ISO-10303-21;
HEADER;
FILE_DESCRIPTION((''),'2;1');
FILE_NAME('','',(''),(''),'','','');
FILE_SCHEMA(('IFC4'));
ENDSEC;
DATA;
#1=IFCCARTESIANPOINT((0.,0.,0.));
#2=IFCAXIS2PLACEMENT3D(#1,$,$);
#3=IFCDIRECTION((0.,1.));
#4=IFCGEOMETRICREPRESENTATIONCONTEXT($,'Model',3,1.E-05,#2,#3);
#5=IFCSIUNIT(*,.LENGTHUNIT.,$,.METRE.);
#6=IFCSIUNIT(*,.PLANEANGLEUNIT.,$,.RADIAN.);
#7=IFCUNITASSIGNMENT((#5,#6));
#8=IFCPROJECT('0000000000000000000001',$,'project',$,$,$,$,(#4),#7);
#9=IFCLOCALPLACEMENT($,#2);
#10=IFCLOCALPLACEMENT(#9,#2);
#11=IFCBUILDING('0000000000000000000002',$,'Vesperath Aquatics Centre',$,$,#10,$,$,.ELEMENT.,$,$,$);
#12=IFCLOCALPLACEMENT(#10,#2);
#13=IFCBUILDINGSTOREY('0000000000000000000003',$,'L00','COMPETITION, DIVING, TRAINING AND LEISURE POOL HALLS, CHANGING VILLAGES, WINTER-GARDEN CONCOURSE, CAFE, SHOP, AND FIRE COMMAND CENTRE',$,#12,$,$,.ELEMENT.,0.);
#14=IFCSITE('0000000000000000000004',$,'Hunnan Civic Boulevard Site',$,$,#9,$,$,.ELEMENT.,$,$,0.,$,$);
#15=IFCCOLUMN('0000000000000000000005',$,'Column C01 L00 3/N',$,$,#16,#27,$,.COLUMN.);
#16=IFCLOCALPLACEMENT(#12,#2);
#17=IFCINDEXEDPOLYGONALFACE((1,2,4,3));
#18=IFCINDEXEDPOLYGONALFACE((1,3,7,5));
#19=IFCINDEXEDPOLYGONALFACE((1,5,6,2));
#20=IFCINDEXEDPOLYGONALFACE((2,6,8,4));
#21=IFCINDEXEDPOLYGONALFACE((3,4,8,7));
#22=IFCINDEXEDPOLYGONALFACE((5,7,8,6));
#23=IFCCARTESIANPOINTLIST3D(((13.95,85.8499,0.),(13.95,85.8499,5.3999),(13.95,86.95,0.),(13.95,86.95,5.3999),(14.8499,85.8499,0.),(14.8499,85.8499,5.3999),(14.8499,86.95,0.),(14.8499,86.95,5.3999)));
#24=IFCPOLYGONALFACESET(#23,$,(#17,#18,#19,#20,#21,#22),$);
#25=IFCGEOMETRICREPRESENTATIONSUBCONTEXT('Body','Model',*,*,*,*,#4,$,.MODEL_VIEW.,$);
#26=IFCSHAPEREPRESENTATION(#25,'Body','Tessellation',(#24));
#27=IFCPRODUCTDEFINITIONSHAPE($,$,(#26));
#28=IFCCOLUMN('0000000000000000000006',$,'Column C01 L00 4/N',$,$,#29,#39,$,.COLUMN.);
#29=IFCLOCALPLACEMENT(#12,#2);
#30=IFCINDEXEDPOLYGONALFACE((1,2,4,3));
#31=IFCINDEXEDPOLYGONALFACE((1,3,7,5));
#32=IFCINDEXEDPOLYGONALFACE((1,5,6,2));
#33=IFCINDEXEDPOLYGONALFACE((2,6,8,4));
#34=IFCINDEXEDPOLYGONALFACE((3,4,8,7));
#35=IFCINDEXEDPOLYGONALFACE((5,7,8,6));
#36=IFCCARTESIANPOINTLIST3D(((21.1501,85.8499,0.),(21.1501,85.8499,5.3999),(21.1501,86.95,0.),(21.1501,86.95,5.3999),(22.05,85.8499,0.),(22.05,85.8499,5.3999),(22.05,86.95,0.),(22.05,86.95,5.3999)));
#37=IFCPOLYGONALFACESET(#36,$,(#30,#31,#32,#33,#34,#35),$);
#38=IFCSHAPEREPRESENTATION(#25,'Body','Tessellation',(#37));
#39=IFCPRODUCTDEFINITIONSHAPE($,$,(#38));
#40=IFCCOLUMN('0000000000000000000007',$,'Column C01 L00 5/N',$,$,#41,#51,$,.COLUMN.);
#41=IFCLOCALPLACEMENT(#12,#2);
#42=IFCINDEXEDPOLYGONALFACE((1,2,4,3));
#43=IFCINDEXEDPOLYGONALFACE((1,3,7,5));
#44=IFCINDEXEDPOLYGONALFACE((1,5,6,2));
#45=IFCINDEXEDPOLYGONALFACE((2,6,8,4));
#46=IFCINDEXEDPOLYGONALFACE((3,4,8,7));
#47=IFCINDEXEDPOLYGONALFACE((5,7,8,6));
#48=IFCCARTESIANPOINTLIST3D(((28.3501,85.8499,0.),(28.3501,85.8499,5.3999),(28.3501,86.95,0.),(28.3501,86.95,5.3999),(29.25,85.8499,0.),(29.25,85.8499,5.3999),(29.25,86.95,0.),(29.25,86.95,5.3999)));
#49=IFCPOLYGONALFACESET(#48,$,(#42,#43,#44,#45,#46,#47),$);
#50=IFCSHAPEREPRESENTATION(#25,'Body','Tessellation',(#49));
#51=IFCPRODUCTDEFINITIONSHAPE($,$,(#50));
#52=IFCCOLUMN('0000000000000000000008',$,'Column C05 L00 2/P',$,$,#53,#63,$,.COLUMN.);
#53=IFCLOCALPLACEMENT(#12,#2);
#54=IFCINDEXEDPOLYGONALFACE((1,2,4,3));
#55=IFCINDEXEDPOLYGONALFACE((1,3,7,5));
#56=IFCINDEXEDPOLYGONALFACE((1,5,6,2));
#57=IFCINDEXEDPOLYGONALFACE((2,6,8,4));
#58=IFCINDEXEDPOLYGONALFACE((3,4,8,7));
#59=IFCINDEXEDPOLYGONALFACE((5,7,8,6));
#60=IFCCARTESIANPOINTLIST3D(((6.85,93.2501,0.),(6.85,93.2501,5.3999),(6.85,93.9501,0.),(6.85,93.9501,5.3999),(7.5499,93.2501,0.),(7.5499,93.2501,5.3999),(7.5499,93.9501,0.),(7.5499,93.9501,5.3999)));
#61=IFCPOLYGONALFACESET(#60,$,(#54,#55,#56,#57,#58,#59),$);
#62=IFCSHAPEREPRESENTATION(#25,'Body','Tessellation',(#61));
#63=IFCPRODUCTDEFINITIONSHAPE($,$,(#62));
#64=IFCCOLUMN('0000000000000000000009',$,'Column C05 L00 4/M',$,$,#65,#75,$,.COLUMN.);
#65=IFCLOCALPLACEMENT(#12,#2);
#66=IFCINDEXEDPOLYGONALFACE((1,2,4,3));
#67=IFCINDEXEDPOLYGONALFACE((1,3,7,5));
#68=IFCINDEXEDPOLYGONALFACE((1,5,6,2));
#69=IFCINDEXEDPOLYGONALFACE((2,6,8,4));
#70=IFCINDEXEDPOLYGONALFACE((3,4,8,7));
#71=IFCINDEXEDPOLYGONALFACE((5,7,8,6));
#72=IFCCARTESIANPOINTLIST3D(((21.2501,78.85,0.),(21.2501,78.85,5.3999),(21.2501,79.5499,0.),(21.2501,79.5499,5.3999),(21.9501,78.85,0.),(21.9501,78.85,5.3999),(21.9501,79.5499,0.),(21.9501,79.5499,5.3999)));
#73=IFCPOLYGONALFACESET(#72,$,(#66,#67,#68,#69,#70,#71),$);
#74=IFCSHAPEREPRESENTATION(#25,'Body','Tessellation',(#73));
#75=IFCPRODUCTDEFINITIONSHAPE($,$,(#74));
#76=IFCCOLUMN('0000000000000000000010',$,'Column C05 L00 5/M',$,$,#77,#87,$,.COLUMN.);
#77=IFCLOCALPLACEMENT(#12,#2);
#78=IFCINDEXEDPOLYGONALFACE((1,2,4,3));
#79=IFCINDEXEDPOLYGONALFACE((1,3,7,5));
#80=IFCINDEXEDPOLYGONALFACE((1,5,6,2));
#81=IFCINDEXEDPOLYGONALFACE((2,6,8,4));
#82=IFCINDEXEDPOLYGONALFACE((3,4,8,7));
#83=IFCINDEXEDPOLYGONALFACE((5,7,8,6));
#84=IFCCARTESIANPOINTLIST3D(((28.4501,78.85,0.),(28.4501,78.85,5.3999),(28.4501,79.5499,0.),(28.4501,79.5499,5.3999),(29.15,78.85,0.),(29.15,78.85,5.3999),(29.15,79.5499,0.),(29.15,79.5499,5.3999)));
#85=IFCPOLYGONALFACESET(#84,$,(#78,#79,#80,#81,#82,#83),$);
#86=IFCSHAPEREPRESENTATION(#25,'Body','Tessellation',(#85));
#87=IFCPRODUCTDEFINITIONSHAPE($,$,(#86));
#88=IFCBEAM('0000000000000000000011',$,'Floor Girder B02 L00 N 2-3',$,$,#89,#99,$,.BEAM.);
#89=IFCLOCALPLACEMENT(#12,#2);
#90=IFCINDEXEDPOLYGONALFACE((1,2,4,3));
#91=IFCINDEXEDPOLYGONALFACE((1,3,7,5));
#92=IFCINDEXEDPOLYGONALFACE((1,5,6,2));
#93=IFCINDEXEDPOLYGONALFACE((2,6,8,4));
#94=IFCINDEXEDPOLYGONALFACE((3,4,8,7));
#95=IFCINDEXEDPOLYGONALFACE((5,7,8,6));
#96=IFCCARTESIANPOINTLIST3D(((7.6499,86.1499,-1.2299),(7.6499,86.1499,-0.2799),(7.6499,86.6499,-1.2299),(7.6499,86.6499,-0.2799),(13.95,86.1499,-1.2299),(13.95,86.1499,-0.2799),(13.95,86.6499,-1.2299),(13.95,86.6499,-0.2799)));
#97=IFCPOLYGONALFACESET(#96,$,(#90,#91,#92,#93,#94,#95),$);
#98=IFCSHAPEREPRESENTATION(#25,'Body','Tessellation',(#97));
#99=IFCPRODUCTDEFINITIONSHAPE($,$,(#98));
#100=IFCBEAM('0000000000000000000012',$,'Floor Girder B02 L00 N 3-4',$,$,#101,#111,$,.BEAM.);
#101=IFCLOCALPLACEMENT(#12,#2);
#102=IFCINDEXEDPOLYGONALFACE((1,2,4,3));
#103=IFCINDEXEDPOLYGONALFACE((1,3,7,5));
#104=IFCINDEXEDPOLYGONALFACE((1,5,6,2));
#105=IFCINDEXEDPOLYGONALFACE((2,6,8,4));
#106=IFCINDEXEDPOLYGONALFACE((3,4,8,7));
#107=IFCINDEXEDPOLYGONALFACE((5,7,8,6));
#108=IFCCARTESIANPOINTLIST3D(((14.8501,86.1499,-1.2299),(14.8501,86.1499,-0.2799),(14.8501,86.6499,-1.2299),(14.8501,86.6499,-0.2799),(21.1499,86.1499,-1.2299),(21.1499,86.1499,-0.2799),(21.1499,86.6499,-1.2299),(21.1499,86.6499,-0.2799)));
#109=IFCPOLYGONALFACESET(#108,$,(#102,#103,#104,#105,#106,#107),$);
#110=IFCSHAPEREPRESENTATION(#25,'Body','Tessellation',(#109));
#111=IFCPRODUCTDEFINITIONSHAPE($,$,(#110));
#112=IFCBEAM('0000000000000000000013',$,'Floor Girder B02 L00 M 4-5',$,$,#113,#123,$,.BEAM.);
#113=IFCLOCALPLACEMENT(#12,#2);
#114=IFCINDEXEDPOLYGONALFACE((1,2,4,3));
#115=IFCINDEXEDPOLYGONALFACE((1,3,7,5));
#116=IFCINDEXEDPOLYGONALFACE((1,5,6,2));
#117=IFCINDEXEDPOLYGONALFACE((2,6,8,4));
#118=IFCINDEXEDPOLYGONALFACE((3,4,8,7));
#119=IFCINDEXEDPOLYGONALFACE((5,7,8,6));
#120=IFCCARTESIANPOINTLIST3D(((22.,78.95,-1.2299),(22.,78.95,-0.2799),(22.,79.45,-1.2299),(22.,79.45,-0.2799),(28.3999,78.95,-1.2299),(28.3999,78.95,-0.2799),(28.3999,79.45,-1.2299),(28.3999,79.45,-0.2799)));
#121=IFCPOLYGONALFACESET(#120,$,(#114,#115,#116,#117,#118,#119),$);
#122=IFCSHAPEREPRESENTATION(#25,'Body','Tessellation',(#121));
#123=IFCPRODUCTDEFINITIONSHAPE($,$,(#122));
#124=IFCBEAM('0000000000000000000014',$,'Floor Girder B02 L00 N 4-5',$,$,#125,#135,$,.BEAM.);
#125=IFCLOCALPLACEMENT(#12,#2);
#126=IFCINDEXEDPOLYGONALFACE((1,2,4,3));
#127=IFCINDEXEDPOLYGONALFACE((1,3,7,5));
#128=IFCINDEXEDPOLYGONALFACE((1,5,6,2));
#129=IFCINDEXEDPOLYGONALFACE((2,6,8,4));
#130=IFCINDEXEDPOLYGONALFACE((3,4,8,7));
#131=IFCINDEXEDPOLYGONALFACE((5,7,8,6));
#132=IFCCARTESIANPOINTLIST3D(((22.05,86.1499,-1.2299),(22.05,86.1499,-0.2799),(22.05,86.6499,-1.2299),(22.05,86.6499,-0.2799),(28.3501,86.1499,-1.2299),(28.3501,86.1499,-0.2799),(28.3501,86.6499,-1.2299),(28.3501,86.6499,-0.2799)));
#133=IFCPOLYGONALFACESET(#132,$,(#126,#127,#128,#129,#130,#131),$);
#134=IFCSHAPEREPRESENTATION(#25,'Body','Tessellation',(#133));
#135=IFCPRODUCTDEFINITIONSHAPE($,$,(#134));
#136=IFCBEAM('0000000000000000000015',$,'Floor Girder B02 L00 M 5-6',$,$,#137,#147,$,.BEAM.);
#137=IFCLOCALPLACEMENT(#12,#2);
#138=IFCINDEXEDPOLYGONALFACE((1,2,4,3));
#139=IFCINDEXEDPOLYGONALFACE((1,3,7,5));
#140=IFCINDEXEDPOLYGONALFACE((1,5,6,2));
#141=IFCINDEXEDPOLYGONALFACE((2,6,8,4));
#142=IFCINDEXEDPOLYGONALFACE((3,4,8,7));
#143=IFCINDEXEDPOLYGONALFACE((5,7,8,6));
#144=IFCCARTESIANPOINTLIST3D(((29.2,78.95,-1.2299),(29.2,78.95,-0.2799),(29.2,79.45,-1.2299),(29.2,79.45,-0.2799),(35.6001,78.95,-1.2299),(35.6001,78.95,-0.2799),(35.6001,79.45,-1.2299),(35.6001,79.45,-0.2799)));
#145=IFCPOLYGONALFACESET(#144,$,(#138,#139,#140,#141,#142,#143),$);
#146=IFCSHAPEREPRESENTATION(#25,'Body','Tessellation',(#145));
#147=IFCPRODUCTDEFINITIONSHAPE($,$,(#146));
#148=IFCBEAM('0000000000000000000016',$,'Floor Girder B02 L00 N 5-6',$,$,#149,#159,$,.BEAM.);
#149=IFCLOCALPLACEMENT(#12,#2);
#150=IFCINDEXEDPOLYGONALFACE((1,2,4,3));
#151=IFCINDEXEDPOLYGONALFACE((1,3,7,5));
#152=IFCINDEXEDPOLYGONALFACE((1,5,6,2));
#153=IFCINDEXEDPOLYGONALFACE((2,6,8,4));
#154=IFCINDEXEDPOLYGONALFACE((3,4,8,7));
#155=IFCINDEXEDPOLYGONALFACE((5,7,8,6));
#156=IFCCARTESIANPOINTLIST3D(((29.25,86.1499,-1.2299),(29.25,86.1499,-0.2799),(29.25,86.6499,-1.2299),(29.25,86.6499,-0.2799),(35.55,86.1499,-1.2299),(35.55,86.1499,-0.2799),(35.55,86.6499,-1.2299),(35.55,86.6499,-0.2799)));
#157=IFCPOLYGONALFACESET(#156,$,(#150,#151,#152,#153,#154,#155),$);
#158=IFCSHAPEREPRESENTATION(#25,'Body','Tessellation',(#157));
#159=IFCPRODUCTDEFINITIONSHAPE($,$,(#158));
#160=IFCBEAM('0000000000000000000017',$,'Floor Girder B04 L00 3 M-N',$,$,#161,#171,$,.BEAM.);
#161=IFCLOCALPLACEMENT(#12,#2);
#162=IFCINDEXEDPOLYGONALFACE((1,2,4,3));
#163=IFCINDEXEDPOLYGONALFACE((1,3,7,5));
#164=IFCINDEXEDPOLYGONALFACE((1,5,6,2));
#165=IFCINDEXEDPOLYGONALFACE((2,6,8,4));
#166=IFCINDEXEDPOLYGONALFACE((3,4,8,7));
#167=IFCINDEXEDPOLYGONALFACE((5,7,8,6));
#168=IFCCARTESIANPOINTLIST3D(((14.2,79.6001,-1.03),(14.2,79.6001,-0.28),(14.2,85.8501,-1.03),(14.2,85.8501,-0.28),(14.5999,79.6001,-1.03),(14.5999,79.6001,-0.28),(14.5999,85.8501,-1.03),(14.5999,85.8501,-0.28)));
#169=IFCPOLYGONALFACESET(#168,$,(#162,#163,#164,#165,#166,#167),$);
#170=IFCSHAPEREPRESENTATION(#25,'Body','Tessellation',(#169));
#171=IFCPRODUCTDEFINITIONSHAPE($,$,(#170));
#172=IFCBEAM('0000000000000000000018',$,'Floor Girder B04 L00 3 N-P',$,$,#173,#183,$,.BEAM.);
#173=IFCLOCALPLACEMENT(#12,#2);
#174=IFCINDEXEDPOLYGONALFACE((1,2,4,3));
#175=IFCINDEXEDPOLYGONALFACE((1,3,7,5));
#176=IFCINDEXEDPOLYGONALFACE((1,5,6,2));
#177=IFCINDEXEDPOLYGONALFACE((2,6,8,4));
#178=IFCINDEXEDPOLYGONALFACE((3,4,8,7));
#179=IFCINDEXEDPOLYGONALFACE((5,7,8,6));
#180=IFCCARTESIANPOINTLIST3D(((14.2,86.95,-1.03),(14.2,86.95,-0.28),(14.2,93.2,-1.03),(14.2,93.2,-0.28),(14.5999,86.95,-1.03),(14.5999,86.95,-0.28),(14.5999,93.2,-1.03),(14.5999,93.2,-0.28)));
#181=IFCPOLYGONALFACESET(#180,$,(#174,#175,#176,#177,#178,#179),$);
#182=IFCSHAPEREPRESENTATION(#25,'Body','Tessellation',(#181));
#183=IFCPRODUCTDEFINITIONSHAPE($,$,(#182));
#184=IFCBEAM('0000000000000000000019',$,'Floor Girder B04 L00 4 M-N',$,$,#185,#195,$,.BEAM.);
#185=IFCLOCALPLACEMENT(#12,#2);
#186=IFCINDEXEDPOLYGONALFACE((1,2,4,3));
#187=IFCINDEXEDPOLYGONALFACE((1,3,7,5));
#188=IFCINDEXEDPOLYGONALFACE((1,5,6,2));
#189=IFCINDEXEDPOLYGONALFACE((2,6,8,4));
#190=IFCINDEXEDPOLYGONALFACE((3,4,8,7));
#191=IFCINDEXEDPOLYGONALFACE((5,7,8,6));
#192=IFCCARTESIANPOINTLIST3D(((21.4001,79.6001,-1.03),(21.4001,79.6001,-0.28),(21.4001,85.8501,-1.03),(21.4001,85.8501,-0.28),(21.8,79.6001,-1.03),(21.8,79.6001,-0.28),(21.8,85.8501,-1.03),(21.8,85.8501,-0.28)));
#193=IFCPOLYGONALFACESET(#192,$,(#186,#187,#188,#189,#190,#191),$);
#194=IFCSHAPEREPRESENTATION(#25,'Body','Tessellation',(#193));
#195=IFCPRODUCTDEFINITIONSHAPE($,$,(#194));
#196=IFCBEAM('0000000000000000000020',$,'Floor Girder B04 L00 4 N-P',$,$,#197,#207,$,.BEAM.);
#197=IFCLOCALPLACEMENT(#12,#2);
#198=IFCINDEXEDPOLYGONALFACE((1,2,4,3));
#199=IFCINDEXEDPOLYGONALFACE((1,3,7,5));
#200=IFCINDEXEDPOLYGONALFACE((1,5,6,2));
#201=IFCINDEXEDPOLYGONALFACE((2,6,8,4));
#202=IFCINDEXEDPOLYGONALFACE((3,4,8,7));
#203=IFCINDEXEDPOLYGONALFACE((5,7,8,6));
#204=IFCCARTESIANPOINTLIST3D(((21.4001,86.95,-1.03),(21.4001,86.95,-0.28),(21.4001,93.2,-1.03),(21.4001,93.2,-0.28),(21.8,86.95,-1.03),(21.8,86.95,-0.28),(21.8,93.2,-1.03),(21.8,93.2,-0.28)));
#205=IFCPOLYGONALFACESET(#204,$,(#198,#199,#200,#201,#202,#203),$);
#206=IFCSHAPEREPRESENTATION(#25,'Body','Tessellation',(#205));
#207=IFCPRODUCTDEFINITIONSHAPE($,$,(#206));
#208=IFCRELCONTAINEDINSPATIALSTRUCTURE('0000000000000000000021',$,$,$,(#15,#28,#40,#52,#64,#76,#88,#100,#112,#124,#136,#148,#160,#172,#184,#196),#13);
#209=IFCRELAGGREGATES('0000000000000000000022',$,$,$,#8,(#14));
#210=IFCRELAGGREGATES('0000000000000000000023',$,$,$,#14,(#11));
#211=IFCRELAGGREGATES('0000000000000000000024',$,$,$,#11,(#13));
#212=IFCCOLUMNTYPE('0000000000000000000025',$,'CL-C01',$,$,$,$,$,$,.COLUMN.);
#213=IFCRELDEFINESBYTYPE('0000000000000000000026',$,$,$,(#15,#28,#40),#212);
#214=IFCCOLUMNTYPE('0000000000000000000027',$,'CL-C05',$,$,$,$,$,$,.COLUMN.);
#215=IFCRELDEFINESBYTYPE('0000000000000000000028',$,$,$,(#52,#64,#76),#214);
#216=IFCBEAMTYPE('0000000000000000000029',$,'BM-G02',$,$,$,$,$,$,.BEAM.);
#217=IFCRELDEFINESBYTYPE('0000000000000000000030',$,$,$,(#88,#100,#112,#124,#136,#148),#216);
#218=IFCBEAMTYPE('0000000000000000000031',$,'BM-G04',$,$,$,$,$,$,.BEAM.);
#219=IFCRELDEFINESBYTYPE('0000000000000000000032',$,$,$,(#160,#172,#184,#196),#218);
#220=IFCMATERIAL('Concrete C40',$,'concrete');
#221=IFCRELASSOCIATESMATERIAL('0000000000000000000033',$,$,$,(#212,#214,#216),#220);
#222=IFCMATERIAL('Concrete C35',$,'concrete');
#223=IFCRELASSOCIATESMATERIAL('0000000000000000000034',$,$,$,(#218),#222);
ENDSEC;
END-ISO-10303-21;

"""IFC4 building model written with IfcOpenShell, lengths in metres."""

from ifc_helpers import new_model, si_unit, direction, frame, origin, origin_2d, place, context, subcontext, project, spatial, rectangle, extrude, material, material_profile, profile_set, type_object, element, save


model = new_model("IFC4")

# Units and contexts
model_context = context("Model", 3, precision=1e-05, world=origin(), true_north=direction((0.0, 1.0)))
body_context = subcontext(model_context, "Body", "Model", "MODEL_VIEW")
ifc_project = project(units=[si_unit("LENGTHUNIT", "METRE"), si_unit("PLANEANGLEUNIT", "RADIAN")], contexts=[model_context])

# Site, building, storey
site_placement = place(None, origin())
site = spatial("IfcSite", under=ifc_project, at=site_placement, Name="Hunnan Civic Boulevard Site", CompositionType="ELEMENT", RefElevation=0.0)
building_placement = place(site_placement, origin())
building = spatial("IfcBuilding", under=site, at=building_placement, Name="Vesperath Aquatics Centre", CompositionType="ELEMENT")
storey_placement = place(building_placement, origin())
storey = spatial("IfcBuildingStorey", under=building, at=storey_placement, Name="L00", Description="COMPETITION, DIVING, TRAINING AND LEISURE POOL HALLS, CHANGING VILLAGES, WINTER-GARDEN CONCOURSE, CAFE, SHOP, AND FIRE COMMAND CENTRE", CompositionType="ELEMENT", Elevation=0.0)

# Columns
ifc_material_1 = material(Name="Concrete C40", Category="concrete")
ifc_material_profile_1 = material_profile(ifc_material_1, rectangle(XDim=0.8999, YDim=1.1001, at=origin_2d()), Name="RC 1100x900")
ifc_profile_set_1 = profile_set([ifc_material_profile_1], Name="Concrete C40")
column_type_1 = type_object("IfcColumnType", Name="CL-C01", PredefinedType="COLUMN", material=ifc_profile_set_1)
for number, where, z_axis, x_axis, name in (
    (1, (14.3999, 86.3999, 0.0), (0.0, 0.0, 1.0), (1.0, 0.0, 0.0), "Column C01 L00 3/N"),
    (2, (21.6001, 86.3999, 0.0), (0.0, 0.0, 1.0), (1.0, 0.0, 0.0), "Column C01 L00 4/N"),
    (3, (28.8, 86.3999, 0.0), (0.0, 0.0, 1.0), (1.0, 0.0, 0.0), "Column C01 L00 5/N"),
):
    element("IfcColumn", number, at=place(storey_placement, frame(where, z_axis=z_axis, x_axis=x_axis)), inside=storey, type_object=column_type_1, Name=name, PredefinedType="COLUMN", context=body_context, shape_type="SweptSolid", body=[
        extrude(rectangle(XDim=0.8999, YDim=1.1001, at=origin_2d()), origin(), (0.0, 0.0, 1.0), 5.3999),
    ])
ifc_material_profile_2 = material_profile(ifc_material_1, rectangle(XDim=0.7, YDim=0.7, at=origin_2d()), Name="RC 700x700")
ifc_profile_set_2 = profile_set([ifc_material_profile_2], Name="Concrete C40")
column_type_2 = type_object("IfcColumnType", Name="CL-C05", PredefinedType="COLUMN", material=ifc_profile_set_2)
for number, where, z_axis, x_axis, name in (
    (4, (7.2, 93.6001, 0.0), (0.0, 0.0, 1.0), (1.0, 0.0, 0.0), "Column C05 L00 2/P"),
    (5, (21.6001, 79.2, 0.0), (0.0, 0.0, 1.0), (1.0, 0.0, 0.0), "Column C05 L00 4/M"),
    (6, (28.8, 79.2, 0.0), (0.0, 0.0, 1.0), (1.0, 0.0, 0.0), "Column C05 L00 5/M"),
):
    element("IfcColumn", number, at=place(storey_placement, frame(where, z_axis=z_axis, x_axis=x_axis)), inside=storey, type_object=column_type_2, Name=name, PredefinedType="COLUMN", context=body_context, shape_type="SweptSolid", body=[
        extrude(rectangle(XDim=0.7, YDim=0.7, at=origin_2d()), origin(), (0.0, 0.0, 1.0), 5.3999),
    ])

# Beams
ifc_material_profile_3 = material_profile(ifc_material_1, rectangle(XDim=0.5, YDim=0.95, at=origin_2d()), Name="RC 500x950")
ifc_profile_set_3 = profile_set([ifc_material_profile_3], Name="Concrete C40")
beam_type_1 = type_object("IfcBeamType", Name="BM-G02", PredefinedType="BEAM", material=ifc_profile_set_3)
beam_1_placement = place(storey_placement, frame((7.6499, 86.3999, -0.7549), z_axis=(1.0, 0.0, 0.0), x_axis=(0.0, 1.0, 0.0)))
element("IfcBeam", 7, at=beam_1_placement, inside=storey, type_object=beam_type_1, Name="Floor Girder B02 L00 N 2-3", PredefinedType="BEAM", context=body_context, shape_type="SweptSolid", body=[
    extrude(rectangle(XDim=0.5, YDim=0.95, at=origin_2d()), origin(), (0.0, 0.0, 1.0), 6.3),
])
beam_2_placement = place(storey_placement, frame((14.8501, 86.3999, -0.7549), z_axis=(1.0, 0.0, 0.0), x_axis=(0.0, 1.0, 0.0)))
element("IfcBeam", 8, at=beam_2_placement, inside=storey, type_object=beam_type_1, Name="Floor Girder B02 L00 N 3-4", PredefinedType="BEAM", context=body_context, shape_type="SweptSolid", body=[
    extrude(rectangle(XDim=0.5, YDim=0.95, at=origin_2d()), origin(), (0.0, 0.0, 1.0), 6.2998),
])
beam_3_placement = place(storey_placement, frame((22.0, 79.2, -0.7549), z_axis=(1.0, 0.0, 0.0), x_axis=(0.0, 1.0, 0.0)))
element("IfcBeam", 9, at=beam_3_placement, inside=storey, type_object=beam_type_1, Name="Floor Girder B02 L00 M 4-5", PredefinedType="BEAM", context=body_context, shape_type="SweptSolid", body=[
    extrude(rectangle(XDim=0.5, YDim=0.95, at=origin_2d()), origin(), (0.0, 0.0, 1.0), 6.3999),
])
beam_4_placement = place(storey_placement, frame((22.05, 86.3999, -0.7549), z_axis=(1.0, 0.0, 0.0), x_axis=(0.0, 1.0, 0.0)))
element("IfcBeam", 10, at=beam_4_placement, inside=storey, type_object=beam_type_1, Name="Floor Girder B02 L00 N 4-5", PredefinedType="BEAM", context=body_context, shape_type="SweptSolid", body=[
    extrude(rectangle(XDim=0.5, YDim=0.95, at=origin_2d()), origin(), (0.0, 0.0, 1.0), 6.3),
])
beam_5_placement = place(storey_placement, frame((29.2, 79.2, -0.7549), z_axis=(1.0, 0.0, 0.0), x_axis=(0.0, 1.0, 0.0)))
element("IfcBeam", 11, at=beam_5_placement, inside=storey, type_object=beam_type_1, Name="Floor Girder B02 L00 M 5-6", PredefinedType="BEAM", context=body_context, shape_type="SweptSolid", body=[
    extrude(rectangle(XDim=0.5, YDim=0.95, at=origin_2d()), origin(), (0.0, 0.0, 1.0), 6.4001),
])
beam_6_placement = place(storey_placement, frame((29.25, 86.3999, -0.7549), z_axis=(1.0, 0.0, 0.0), x_axis=(0.0, 1.0, 0.0)))
element("IfcBeam", 12, at=beam_6_placement, inside=storey, type_object=beam_type_1, Name="Floor Girder B02 L00 N 5-6", PredefinedType="BEAM", context=body_context, shape_type="SweptSolid", body=[
    extrude(rectangle(XDim=0.5, YDim=0.95, at=origin_2d()), origin(), (0.0, 0.0, 1.0), 6.3),
])
ifc_material_2 = material(Name="Concrete C35", Category="concrete")
ifc_material_profile_4 = material_profile(ifc_material_2, rectangle(XDim=0.3999, YDim=0.75, at=origin_2d()), Name="RC 400x750")
ifc_profile_set_4 = profile_set([ifc_material_profile_4], Name="Concrete C35")
beam_type_2 = type_object("IfcBeamType", Name="BM-G04", PredefinedType="BEAM", material=ifc_profile_set_4)
for number, where, z_axis, x_axis, name in (
    (13, (14.3999, 79.6001, -0.655), (0.0, 1.0, 0.0), (-1.0, 0.0, 0.0), "Floor Girder B04 L00 3 M-N"),
    (14, (14.3999, 86.95, -0.655), (0.0, 1.0, 0.0), (-1.0, 0.0, 0.0), "Floor Girder B04 L00 3 N-P"),
    (15, (21.6001, 79.6001, -0.655), (0.0, 1.0, 0.0), (-1.0, 0.0, 0.0), "Floor Girder B04 L00 4 M-N"),
    (16, (21.6001, 86.95, -0.655), (0.0, 1.0, 0.0), (-1.0, 0.0, 0.0), "Floor Girder B04 L00 4 N-P"),
):
    element("IfcBeam", number, at=place(storey_placement, frame(where, z_axis=z_axis, x_axis=x_axis)), inside=storey, type_object=beam_type_2, Name=name, PredefinedType="BEAM", context=body_context, shape_type="SweptSolid", body=[
        extrude(rectangle(XDim=0.3999, YDim=0.75, at=origin_2d()), origin(), (0.0, 0.0, 1.0), 6.25),
    ])

save(model, "model.ifc")
